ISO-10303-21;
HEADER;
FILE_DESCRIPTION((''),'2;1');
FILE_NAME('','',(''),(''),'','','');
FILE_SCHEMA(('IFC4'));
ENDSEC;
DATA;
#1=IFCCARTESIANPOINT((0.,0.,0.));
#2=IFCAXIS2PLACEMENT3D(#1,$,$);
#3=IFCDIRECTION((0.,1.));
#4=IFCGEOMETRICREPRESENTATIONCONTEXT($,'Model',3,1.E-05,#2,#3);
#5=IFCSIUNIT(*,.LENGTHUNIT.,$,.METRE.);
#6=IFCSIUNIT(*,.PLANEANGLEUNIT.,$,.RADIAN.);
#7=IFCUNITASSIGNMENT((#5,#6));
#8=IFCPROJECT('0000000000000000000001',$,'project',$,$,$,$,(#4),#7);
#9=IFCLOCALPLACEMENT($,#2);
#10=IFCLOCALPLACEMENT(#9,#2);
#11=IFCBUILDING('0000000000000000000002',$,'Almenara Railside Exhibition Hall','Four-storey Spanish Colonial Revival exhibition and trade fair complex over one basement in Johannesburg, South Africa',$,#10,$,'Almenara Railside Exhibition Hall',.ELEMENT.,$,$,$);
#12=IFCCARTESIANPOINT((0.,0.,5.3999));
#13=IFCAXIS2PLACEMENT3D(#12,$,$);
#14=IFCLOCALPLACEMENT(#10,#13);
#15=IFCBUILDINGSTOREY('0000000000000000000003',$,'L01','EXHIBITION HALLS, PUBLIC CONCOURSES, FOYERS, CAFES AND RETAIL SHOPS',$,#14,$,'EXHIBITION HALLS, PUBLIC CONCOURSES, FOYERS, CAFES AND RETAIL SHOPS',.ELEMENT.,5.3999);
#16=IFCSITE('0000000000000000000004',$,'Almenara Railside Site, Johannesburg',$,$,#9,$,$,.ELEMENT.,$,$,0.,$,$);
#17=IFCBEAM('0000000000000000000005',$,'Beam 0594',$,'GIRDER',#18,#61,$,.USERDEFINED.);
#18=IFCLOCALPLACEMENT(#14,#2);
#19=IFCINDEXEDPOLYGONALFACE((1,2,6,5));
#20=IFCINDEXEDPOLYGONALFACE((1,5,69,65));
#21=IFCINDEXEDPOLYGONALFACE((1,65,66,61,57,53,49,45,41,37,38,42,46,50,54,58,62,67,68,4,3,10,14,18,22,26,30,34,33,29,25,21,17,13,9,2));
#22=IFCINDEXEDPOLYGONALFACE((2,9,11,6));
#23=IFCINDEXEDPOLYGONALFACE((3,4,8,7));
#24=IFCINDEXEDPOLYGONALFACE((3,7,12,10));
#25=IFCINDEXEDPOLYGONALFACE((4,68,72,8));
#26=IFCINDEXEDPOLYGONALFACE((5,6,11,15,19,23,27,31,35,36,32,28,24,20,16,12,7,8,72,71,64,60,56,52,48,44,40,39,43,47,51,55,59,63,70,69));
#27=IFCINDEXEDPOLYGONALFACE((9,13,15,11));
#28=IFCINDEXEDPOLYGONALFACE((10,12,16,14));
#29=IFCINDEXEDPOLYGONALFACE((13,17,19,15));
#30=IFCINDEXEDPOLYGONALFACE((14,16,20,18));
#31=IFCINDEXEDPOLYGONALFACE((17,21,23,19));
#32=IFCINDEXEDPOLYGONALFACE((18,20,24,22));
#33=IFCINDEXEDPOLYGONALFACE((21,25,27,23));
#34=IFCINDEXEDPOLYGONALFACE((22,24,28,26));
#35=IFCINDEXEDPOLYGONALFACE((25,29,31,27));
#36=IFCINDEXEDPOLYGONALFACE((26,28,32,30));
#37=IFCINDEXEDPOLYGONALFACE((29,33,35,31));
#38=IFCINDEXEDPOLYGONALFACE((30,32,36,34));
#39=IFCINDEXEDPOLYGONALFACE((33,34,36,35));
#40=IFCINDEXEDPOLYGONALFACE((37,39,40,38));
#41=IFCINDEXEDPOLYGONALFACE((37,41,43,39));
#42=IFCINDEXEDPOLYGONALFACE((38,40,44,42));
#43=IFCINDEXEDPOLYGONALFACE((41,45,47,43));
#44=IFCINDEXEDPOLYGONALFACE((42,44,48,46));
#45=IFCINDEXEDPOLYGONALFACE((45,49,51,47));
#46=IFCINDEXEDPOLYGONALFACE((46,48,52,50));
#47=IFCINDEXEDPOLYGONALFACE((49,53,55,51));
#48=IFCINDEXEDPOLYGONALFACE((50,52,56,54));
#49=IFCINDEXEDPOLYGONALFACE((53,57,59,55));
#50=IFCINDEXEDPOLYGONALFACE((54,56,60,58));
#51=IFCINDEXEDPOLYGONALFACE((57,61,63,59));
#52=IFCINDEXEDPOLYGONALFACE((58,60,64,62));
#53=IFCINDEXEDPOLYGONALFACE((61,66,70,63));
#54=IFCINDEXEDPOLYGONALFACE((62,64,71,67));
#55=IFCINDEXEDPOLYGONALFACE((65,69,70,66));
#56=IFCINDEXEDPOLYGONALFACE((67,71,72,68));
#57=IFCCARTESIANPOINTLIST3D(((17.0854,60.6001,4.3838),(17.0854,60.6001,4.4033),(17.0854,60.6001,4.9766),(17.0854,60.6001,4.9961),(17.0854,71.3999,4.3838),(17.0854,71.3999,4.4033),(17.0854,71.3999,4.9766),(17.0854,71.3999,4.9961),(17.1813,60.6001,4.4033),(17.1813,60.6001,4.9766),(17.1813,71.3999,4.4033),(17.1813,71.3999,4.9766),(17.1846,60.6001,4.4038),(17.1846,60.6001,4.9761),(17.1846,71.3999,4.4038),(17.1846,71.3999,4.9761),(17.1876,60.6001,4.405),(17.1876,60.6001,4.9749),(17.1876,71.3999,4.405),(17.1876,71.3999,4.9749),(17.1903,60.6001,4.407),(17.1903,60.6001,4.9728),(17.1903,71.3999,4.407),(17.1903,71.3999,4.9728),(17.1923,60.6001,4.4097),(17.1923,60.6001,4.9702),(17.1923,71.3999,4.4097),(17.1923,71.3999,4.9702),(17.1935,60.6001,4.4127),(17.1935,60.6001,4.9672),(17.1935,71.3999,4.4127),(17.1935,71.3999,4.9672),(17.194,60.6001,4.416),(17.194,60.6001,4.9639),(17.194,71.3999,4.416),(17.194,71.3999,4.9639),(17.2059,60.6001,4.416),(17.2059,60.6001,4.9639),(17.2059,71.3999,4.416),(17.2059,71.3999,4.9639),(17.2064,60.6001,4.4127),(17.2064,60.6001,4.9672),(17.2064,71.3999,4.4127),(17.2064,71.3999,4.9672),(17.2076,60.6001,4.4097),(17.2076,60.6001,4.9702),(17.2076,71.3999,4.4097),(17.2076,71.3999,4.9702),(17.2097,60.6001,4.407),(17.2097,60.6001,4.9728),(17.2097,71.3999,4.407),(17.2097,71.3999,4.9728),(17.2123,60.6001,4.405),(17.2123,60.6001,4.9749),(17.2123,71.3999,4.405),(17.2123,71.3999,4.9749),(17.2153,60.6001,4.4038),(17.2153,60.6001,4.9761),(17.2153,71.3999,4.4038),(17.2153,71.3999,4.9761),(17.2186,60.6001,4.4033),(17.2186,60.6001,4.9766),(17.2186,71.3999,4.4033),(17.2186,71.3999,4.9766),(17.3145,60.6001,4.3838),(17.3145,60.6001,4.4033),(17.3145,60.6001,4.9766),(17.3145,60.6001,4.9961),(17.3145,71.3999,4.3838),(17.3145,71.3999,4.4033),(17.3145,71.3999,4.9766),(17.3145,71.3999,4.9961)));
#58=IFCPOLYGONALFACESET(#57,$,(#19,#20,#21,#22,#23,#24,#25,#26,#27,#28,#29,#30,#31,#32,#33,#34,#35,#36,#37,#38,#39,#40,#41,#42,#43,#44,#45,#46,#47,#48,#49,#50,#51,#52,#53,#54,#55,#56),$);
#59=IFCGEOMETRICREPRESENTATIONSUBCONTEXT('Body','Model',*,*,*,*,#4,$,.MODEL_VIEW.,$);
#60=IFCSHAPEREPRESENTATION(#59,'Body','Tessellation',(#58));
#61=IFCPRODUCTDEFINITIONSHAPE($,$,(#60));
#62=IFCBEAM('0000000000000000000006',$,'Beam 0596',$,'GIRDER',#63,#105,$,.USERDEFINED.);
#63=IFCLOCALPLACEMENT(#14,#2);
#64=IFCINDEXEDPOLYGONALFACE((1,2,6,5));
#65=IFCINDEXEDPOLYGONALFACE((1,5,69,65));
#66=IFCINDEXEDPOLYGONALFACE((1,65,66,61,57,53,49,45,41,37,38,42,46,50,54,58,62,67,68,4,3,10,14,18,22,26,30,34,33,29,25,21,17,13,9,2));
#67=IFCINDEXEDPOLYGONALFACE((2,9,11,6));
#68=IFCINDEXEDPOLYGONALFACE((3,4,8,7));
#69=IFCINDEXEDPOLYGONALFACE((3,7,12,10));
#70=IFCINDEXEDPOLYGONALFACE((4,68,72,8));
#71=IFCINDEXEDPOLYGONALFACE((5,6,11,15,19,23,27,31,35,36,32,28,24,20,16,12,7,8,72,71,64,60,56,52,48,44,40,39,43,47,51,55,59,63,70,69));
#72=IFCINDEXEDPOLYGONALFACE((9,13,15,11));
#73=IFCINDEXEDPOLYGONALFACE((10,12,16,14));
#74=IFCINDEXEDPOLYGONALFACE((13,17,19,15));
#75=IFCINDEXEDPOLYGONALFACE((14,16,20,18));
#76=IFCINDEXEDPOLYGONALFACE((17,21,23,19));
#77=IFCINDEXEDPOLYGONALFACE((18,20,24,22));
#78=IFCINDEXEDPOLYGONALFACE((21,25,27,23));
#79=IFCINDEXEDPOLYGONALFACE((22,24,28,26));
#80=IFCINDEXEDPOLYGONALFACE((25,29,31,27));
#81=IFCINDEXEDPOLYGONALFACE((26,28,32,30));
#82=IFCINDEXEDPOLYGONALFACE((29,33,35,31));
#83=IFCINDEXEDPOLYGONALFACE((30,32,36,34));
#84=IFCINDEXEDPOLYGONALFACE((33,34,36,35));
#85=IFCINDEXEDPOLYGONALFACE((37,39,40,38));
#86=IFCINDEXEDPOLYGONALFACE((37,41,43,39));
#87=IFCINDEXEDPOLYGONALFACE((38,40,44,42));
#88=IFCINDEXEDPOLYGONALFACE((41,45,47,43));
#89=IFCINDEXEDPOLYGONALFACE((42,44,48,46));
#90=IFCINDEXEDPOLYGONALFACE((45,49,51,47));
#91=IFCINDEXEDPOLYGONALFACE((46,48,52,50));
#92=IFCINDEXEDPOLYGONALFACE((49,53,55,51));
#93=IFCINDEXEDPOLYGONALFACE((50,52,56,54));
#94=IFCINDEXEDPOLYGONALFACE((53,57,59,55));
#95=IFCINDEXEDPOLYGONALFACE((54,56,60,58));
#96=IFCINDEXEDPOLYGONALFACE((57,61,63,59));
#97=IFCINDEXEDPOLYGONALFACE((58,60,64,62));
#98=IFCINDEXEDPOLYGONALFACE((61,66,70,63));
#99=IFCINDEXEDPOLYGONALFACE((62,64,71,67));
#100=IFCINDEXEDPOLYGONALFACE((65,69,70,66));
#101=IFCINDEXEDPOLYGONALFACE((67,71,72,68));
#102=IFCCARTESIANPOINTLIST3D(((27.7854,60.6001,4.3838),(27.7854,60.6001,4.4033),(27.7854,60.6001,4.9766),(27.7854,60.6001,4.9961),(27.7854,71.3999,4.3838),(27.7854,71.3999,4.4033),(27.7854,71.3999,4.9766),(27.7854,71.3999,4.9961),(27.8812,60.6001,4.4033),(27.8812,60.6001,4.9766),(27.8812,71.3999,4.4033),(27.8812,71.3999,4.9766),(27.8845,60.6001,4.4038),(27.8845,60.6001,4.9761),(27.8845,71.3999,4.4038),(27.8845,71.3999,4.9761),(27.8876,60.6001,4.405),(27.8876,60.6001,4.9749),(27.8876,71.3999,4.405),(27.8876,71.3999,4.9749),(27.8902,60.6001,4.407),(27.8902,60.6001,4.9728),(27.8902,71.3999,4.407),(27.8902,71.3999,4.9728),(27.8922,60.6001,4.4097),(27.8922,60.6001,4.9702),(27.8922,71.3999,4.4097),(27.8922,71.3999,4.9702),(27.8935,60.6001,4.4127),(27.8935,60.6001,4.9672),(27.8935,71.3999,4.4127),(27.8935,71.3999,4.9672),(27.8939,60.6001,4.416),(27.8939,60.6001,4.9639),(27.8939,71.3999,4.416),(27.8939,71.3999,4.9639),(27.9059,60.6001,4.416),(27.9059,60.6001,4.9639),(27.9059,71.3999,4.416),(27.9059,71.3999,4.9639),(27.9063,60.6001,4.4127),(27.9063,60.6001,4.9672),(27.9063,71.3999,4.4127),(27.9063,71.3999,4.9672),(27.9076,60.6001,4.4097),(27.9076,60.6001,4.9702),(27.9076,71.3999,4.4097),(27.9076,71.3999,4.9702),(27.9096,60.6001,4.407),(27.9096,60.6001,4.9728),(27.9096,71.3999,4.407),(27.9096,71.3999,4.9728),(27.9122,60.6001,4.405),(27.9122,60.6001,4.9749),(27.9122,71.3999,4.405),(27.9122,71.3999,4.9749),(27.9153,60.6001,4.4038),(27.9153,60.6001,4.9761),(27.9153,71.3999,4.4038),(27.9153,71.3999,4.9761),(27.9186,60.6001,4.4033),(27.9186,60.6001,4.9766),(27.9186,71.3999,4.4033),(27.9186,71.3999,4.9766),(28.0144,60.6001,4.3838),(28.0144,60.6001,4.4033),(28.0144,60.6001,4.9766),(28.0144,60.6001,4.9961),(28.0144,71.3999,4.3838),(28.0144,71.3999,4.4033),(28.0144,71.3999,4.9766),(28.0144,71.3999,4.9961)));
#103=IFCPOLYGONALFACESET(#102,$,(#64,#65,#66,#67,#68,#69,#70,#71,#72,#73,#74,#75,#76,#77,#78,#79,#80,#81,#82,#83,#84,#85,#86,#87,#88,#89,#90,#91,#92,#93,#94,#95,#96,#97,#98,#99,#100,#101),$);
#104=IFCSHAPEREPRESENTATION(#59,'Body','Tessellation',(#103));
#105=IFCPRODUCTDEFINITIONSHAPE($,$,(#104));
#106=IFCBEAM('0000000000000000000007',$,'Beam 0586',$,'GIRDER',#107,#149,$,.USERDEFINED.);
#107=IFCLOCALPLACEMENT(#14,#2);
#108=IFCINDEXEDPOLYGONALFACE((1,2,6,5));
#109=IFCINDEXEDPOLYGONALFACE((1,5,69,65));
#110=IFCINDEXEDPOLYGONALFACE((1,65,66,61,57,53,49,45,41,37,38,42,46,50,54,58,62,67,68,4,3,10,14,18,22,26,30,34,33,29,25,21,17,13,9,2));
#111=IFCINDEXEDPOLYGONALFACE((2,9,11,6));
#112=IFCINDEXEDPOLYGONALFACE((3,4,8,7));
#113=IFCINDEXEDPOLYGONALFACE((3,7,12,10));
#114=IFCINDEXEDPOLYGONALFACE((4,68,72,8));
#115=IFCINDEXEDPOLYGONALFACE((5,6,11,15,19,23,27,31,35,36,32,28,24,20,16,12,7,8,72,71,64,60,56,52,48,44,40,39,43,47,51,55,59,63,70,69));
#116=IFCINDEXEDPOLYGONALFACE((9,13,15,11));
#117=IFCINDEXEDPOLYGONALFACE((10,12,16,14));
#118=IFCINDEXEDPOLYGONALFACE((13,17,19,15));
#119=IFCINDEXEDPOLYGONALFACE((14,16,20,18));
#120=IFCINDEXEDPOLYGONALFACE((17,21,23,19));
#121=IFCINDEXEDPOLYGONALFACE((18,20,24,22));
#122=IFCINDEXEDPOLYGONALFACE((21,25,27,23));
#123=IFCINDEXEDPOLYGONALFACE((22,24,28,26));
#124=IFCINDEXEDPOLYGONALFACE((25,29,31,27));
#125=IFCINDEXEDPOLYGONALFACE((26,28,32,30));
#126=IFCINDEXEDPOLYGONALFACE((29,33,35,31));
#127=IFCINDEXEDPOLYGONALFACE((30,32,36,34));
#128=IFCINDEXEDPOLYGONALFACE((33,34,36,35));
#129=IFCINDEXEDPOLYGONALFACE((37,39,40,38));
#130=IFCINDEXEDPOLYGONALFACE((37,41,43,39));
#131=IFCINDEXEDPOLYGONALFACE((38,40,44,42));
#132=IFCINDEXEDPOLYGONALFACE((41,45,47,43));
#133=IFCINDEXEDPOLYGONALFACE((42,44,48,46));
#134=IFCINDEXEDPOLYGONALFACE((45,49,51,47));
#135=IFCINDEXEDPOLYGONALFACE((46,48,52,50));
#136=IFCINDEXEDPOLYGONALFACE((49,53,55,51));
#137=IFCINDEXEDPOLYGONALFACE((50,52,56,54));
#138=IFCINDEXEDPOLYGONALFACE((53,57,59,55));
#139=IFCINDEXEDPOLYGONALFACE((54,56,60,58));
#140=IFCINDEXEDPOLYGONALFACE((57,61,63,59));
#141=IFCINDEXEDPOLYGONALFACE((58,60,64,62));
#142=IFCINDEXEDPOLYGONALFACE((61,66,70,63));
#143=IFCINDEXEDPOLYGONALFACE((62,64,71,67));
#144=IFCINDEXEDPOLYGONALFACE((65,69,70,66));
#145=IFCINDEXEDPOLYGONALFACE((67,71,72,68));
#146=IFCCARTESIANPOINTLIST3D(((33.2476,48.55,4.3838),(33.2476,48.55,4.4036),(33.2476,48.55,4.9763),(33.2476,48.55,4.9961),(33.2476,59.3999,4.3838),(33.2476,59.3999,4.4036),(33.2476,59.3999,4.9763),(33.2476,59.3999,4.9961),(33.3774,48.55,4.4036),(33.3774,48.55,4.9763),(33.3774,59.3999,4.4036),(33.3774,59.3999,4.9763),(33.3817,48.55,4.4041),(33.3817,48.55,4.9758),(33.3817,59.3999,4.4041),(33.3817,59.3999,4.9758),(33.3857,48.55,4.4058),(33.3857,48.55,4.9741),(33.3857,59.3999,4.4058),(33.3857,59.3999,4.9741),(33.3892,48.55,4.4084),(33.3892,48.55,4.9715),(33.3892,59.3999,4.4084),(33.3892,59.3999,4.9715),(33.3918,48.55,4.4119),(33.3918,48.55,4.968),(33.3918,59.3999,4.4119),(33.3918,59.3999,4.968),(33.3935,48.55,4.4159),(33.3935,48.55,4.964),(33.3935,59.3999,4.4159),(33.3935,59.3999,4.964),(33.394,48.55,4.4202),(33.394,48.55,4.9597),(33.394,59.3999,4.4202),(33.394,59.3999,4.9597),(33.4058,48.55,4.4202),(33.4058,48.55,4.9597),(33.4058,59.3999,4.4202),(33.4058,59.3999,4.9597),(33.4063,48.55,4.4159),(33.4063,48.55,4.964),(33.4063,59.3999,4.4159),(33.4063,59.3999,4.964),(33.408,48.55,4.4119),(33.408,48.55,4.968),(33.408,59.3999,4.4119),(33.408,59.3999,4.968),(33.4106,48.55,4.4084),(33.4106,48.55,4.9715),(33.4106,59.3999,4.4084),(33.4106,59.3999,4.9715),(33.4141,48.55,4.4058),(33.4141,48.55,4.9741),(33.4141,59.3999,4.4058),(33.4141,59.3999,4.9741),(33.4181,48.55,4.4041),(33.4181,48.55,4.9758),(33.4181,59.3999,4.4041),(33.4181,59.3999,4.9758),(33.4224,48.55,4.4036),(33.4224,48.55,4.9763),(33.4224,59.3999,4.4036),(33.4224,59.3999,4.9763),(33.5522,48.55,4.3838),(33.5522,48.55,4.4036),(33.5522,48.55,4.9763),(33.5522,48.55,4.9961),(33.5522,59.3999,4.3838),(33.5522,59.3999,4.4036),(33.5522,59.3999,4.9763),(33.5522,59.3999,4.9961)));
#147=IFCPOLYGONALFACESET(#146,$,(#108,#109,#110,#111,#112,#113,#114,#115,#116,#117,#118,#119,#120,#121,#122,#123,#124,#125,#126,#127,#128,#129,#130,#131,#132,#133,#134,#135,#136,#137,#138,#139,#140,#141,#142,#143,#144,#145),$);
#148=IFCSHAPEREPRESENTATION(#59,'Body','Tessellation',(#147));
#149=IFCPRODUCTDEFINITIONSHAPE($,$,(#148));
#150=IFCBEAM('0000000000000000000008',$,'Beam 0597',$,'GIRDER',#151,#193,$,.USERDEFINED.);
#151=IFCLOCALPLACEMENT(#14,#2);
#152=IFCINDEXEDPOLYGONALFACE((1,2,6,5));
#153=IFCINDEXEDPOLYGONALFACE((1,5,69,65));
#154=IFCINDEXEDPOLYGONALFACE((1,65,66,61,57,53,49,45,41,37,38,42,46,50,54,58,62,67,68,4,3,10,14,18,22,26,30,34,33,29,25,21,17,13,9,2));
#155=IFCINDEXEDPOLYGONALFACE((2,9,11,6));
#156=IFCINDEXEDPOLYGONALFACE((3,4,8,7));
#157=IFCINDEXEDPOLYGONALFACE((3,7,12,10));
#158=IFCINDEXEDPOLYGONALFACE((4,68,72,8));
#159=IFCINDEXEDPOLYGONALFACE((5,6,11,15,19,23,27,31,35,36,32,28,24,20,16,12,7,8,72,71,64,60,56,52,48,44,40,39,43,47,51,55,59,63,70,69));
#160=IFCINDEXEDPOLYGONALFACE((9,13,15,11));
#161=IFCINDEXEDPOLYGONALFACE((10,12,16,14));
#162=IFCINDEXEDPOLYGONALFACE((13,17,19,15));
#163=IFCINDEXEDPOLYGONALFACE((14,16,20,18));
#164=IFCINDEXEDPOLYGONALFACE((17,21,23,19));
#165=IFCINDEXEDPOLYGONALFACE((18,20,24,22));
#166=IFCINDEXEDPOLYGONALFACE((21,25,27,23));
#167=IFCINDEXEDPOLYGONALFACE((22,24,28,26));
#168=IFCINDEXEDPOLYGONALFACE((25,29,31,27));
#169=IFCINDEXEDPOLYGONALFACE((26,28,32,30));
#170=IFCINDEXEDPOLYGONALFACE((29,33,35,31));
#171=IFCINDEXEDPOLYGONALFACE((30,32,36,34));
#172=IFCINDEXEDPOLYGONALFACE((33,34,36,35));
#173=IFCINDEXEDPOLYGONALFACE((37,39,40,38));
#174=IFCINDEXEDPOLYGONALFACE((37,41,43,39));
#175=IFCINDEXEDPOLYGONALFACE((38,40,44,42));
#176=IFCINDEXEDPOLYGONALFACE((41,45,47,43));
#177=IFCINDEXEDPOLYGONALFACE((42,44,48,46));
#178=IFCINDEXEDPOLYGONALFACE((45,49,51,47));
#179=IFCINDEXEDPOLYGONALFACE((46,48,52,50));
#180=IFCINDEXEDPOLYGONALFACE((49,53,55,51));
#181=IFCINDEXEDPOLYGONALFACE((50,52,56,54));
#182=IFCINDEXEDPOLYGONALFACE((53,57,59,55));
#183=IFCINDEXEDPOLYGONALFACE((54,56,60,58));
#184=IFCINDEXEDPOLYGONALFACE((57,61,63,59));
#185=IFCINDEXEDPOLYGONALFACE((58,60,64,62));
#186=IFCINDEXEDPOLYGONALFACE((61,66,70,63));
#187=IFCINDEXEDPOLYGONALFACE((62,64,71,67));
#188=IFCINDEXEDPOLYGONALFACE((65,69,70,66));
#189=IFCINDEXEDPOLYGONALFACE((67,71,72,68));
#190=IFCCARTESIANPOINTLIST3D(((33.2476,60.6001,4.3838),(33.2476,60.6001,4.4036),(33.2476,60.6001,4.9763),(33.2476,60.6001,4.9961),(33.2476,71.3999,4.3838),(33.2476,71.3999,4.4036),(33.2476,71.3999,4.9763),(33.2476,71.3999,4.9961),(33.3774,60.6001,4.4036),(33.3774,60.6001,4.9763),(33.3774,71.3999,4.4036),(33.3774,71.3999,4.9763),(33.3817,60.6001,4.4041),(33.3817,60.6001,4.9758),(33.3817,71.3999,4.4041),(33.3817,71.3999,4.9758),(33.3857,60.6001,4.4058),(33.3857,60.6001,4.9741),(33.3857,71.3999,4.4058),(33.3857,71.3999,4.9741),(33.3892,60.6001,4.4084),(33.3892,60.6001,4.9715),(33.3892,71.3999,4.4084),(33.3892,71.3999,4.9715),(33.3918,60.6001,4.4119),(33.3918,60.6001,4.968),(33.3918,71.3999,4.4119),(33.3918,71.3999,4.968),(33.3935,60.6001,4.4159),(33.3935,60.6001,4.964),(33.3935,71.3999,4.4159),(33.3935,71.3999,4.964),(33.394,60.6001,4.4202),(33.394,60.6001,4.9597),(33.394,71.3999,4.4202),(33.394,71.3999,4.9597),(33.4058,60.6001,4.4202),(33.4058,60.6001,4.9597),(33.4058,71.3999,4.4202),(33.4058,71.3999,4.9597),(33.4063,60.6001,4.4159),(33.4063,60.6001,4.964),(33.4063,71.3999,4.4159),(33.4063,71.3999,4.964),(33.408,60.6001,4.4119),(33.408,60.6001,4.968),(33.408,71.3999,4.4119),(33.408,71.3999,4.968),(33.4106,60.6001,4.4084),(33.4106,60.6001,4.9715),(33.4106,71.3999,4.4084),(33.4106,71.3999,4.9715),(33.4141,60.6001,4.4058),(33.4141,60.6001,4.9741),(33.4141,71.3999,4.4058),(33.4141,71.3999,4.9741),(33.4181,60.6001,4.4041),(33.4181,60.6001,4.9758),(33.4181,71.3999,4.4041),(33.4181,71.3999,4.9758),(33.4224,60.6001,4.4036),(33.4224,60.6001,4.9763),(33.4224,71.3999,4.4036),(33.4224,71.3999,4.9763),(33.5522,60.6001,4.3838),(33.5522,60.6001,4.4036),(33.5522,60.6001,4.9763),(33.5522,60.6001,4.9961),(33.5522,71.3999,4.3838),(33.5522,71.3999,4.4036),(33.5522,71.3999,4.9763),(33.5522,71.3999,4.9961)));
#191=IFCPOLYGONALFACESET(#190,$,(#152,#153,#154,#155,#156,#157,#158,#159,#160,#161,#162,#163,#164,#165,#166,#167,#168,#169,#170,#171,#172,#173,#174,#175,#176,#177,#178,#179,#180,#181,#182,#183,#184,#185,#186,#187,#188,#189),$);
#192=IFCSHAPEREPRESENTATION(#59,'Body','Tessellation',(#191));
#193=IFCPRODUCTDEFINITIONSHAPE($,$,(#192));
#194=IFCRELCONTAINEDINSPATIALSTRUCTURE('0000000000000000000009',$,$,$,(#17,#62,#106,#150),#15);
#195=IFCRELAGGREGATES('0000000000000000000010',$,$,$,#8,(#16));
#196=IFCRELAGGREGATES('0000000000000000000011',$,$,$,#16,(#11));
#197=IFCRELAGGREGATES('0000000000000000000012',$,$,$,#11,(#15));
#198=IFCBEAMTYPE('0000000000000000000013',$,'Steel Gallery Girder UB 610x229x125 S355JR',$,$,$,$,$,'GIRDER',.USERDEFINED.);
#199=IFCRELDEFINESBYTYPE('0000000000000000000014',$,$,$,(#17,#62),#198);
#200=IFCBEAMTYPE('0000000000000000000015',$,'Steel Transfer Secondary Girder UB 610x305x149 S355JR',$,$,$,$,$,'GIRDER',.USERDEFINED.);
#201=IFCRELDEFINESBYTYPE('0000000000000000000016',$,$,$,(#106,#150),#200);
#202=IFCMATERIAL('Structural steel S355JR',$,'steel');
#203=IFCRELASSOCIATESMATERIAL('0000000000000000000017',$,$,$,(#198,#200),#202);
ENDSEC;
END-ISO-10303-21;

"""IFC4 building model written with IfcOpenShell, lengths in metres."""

from ifc_helpers import new_model, si_unit, direction, frame, origin, origin_2d, place, context, subcontext, project, spatial, i_section, extrude, material, material_profile, profile_set, type_object, element, save


model = new_model("IFC4")

# Units and contexts
model_context = context("Model", 3, precision=1e-05, world=origin(), true_north=direction((0.0, 1.0)))
body_context = subcontext(model_context, "Body", "Model", "MODEL_VIEW")
ifc_project = project(units=[si_unit("LENGTHUNIT", "METRE"), si_unit("PLANEANGLEUNIT", "RADIAN")], contexts=[model_context])

# Site, building, storey
site_placement = place(None, origin())
site = spatial("IfcSite", under=ifc_project, at=site_placement, Name="Almenara Railside Site, Johannesburg", CompositionType="ELEMENT", RefElevation=0.0)
building_placement = place(site_placement, origin())
building = spatial("IfcBuilding", under=site, at=building_placement, Name="Almenara Railside Exhibition Hall", Description="Four-storey Spanish Colonial Revival exhibition and trade fair complex over one basement in Johannesburg, South Africa", LongName="Almenara Railside Exhibition Hall", CompositionType="ELEMENT")
storey_placement = place(building_placement, frame((0.0, 0.0, 5.3999)))
storey = spatial("IfcBuildingStorey", under=building, at=storey_placement, Name="L01", Description="EXHIBITION HALLS, PUBLIC CONCOURSES, FOYERS, CAFES AND RETAIL SHOPS", LongName="EXHIBITION HALLS, PUBLIC CONCOURSES, FOYERS, CAFES AND RETAIL SHOPS", CompositionType="ELEMENT", Elevation=5.3999)

# Beams
ifc_material_1 = material(Name="Structural steel S355JR", Category="steel")
ifc_material_profile_1 = material_profile(ifc_material_1, i_section(OverallWidth=0.229, OverallDepth=0.6123, WebThickness=0.012, FlangeThickness=0.0195, FilletRadius=0.0127, at=origin_2d()), Name="UB 610x229x125")
ifc_profile_set_1 = profile_set([ifc_material_profile_1], Name="Structural steel S355JR")
beam_type_1 = type_object("IfcBeamType", Name="Steel Gallery Girder UB 610x229x125 S355JR", ElementType="GIRDER", PredefinedType="USERDEFINED", material=ifc_profile_set_1)
for number, where, z_axis, x_axis, name in (
    (1, (17.2, 60.6001, 4.6899), (0.0, 1.0, 0.0), (-1.0, 0.0, 0.0), "Beam 0594"),
    (2, (27.8999, 60.6001, 4.6899), (0.0, 1.0, 0.0), (-1.0, 0.0, 0.0), "Beam 0596"),
):
    element("IfcBeam", number, at=place(storey_placement, frame(where, z_axis=z_axis, x_axis=x_axis)), inside=storey, type_object=beam_type_1, Name=name, ObjectType="GIRDER", PredefinedType="USERDEFINED", context=body_context, shape_type="SweptSolid", body=[
        extrude(i_section(OverallWidth=0.229, OverallDepth=0.6123, WebThickness=0.012, FlangeThickness=0.0195, FilletRadius=0.0127, at=origin_2d()), origin(), (0.0, 0.0, 1.0), 10.7998),
    ])
ifc_material_profile_2 = material_profile(ifc_material_1, i_section(OverallWidth=0.3047, OverallDepth=0.6123, WebThickness=0.0117, FlangeThickness=0.0198, FilletRadius=0.0166, at=origin_2d()), Name="UB 610x305x149")
ifc_profile_set_2 = profile_set([ifc_material_profile_2], Name="Structural steel S355JR")
beam_type_2 = type_object("IfcBeamType", Name="Steel Transfer Secondary Girder UB 610x305x149 S355JR", ElementType="GIRDER", PredefinedType="USERDEFINED", material=ifc_profile_set_2)
beam_1_placement = place(storey_placement, frame((33.3999, 48.55, 4.6899), z_axis=(0.0, 1.0, 0.0), x_axis=(-1.0, 0.0, 0.0)))
element("IfcBeam", 3, at=beam_1_placement, inside=storey, type_object=beam_type_2, Name="Beam 0586", ObjectType="GIRDER", PredefinedType="USERDEFINED", context=body_context, shape_type="SweptSolid", body=[
    extrude(i_section(OverallWidth=0.3047, OverallDepth=0.6123, WebThickness=0.0117, FlangeThickness=0.0198, FilletRadius=0.0166, at=origin_2d()), origin(), (0.0, 0.0, 1.0), 10.8499),
])
beam_2_placement = place(storey_placement, frame((33.3999, 60.6001, 4.6899), z_axis=(0.0, 1.0, 0.0), x_axis=(-1.0, 0.0, 0.0)))
element("IfcBeam", 4, at=beam_2_placement, inside=storey, type_object=beam_type_2, Name="Beam 0597", ObjectType="GIRDER", PredefinedType="USERDEFINED", context=body_context, shape_type="SweptSolid", body=[
    extrude(i_section(OverallWidth=0.3047, OverallDepth=0.6123, WebThickness=0.0117, FlangeThickness=0.0198, FilletRadius=0.0166, at=origin_2d()), origin(), (0.0, 0.0, 1.0), 10.7998),
])

save(model, "model.ifc")
